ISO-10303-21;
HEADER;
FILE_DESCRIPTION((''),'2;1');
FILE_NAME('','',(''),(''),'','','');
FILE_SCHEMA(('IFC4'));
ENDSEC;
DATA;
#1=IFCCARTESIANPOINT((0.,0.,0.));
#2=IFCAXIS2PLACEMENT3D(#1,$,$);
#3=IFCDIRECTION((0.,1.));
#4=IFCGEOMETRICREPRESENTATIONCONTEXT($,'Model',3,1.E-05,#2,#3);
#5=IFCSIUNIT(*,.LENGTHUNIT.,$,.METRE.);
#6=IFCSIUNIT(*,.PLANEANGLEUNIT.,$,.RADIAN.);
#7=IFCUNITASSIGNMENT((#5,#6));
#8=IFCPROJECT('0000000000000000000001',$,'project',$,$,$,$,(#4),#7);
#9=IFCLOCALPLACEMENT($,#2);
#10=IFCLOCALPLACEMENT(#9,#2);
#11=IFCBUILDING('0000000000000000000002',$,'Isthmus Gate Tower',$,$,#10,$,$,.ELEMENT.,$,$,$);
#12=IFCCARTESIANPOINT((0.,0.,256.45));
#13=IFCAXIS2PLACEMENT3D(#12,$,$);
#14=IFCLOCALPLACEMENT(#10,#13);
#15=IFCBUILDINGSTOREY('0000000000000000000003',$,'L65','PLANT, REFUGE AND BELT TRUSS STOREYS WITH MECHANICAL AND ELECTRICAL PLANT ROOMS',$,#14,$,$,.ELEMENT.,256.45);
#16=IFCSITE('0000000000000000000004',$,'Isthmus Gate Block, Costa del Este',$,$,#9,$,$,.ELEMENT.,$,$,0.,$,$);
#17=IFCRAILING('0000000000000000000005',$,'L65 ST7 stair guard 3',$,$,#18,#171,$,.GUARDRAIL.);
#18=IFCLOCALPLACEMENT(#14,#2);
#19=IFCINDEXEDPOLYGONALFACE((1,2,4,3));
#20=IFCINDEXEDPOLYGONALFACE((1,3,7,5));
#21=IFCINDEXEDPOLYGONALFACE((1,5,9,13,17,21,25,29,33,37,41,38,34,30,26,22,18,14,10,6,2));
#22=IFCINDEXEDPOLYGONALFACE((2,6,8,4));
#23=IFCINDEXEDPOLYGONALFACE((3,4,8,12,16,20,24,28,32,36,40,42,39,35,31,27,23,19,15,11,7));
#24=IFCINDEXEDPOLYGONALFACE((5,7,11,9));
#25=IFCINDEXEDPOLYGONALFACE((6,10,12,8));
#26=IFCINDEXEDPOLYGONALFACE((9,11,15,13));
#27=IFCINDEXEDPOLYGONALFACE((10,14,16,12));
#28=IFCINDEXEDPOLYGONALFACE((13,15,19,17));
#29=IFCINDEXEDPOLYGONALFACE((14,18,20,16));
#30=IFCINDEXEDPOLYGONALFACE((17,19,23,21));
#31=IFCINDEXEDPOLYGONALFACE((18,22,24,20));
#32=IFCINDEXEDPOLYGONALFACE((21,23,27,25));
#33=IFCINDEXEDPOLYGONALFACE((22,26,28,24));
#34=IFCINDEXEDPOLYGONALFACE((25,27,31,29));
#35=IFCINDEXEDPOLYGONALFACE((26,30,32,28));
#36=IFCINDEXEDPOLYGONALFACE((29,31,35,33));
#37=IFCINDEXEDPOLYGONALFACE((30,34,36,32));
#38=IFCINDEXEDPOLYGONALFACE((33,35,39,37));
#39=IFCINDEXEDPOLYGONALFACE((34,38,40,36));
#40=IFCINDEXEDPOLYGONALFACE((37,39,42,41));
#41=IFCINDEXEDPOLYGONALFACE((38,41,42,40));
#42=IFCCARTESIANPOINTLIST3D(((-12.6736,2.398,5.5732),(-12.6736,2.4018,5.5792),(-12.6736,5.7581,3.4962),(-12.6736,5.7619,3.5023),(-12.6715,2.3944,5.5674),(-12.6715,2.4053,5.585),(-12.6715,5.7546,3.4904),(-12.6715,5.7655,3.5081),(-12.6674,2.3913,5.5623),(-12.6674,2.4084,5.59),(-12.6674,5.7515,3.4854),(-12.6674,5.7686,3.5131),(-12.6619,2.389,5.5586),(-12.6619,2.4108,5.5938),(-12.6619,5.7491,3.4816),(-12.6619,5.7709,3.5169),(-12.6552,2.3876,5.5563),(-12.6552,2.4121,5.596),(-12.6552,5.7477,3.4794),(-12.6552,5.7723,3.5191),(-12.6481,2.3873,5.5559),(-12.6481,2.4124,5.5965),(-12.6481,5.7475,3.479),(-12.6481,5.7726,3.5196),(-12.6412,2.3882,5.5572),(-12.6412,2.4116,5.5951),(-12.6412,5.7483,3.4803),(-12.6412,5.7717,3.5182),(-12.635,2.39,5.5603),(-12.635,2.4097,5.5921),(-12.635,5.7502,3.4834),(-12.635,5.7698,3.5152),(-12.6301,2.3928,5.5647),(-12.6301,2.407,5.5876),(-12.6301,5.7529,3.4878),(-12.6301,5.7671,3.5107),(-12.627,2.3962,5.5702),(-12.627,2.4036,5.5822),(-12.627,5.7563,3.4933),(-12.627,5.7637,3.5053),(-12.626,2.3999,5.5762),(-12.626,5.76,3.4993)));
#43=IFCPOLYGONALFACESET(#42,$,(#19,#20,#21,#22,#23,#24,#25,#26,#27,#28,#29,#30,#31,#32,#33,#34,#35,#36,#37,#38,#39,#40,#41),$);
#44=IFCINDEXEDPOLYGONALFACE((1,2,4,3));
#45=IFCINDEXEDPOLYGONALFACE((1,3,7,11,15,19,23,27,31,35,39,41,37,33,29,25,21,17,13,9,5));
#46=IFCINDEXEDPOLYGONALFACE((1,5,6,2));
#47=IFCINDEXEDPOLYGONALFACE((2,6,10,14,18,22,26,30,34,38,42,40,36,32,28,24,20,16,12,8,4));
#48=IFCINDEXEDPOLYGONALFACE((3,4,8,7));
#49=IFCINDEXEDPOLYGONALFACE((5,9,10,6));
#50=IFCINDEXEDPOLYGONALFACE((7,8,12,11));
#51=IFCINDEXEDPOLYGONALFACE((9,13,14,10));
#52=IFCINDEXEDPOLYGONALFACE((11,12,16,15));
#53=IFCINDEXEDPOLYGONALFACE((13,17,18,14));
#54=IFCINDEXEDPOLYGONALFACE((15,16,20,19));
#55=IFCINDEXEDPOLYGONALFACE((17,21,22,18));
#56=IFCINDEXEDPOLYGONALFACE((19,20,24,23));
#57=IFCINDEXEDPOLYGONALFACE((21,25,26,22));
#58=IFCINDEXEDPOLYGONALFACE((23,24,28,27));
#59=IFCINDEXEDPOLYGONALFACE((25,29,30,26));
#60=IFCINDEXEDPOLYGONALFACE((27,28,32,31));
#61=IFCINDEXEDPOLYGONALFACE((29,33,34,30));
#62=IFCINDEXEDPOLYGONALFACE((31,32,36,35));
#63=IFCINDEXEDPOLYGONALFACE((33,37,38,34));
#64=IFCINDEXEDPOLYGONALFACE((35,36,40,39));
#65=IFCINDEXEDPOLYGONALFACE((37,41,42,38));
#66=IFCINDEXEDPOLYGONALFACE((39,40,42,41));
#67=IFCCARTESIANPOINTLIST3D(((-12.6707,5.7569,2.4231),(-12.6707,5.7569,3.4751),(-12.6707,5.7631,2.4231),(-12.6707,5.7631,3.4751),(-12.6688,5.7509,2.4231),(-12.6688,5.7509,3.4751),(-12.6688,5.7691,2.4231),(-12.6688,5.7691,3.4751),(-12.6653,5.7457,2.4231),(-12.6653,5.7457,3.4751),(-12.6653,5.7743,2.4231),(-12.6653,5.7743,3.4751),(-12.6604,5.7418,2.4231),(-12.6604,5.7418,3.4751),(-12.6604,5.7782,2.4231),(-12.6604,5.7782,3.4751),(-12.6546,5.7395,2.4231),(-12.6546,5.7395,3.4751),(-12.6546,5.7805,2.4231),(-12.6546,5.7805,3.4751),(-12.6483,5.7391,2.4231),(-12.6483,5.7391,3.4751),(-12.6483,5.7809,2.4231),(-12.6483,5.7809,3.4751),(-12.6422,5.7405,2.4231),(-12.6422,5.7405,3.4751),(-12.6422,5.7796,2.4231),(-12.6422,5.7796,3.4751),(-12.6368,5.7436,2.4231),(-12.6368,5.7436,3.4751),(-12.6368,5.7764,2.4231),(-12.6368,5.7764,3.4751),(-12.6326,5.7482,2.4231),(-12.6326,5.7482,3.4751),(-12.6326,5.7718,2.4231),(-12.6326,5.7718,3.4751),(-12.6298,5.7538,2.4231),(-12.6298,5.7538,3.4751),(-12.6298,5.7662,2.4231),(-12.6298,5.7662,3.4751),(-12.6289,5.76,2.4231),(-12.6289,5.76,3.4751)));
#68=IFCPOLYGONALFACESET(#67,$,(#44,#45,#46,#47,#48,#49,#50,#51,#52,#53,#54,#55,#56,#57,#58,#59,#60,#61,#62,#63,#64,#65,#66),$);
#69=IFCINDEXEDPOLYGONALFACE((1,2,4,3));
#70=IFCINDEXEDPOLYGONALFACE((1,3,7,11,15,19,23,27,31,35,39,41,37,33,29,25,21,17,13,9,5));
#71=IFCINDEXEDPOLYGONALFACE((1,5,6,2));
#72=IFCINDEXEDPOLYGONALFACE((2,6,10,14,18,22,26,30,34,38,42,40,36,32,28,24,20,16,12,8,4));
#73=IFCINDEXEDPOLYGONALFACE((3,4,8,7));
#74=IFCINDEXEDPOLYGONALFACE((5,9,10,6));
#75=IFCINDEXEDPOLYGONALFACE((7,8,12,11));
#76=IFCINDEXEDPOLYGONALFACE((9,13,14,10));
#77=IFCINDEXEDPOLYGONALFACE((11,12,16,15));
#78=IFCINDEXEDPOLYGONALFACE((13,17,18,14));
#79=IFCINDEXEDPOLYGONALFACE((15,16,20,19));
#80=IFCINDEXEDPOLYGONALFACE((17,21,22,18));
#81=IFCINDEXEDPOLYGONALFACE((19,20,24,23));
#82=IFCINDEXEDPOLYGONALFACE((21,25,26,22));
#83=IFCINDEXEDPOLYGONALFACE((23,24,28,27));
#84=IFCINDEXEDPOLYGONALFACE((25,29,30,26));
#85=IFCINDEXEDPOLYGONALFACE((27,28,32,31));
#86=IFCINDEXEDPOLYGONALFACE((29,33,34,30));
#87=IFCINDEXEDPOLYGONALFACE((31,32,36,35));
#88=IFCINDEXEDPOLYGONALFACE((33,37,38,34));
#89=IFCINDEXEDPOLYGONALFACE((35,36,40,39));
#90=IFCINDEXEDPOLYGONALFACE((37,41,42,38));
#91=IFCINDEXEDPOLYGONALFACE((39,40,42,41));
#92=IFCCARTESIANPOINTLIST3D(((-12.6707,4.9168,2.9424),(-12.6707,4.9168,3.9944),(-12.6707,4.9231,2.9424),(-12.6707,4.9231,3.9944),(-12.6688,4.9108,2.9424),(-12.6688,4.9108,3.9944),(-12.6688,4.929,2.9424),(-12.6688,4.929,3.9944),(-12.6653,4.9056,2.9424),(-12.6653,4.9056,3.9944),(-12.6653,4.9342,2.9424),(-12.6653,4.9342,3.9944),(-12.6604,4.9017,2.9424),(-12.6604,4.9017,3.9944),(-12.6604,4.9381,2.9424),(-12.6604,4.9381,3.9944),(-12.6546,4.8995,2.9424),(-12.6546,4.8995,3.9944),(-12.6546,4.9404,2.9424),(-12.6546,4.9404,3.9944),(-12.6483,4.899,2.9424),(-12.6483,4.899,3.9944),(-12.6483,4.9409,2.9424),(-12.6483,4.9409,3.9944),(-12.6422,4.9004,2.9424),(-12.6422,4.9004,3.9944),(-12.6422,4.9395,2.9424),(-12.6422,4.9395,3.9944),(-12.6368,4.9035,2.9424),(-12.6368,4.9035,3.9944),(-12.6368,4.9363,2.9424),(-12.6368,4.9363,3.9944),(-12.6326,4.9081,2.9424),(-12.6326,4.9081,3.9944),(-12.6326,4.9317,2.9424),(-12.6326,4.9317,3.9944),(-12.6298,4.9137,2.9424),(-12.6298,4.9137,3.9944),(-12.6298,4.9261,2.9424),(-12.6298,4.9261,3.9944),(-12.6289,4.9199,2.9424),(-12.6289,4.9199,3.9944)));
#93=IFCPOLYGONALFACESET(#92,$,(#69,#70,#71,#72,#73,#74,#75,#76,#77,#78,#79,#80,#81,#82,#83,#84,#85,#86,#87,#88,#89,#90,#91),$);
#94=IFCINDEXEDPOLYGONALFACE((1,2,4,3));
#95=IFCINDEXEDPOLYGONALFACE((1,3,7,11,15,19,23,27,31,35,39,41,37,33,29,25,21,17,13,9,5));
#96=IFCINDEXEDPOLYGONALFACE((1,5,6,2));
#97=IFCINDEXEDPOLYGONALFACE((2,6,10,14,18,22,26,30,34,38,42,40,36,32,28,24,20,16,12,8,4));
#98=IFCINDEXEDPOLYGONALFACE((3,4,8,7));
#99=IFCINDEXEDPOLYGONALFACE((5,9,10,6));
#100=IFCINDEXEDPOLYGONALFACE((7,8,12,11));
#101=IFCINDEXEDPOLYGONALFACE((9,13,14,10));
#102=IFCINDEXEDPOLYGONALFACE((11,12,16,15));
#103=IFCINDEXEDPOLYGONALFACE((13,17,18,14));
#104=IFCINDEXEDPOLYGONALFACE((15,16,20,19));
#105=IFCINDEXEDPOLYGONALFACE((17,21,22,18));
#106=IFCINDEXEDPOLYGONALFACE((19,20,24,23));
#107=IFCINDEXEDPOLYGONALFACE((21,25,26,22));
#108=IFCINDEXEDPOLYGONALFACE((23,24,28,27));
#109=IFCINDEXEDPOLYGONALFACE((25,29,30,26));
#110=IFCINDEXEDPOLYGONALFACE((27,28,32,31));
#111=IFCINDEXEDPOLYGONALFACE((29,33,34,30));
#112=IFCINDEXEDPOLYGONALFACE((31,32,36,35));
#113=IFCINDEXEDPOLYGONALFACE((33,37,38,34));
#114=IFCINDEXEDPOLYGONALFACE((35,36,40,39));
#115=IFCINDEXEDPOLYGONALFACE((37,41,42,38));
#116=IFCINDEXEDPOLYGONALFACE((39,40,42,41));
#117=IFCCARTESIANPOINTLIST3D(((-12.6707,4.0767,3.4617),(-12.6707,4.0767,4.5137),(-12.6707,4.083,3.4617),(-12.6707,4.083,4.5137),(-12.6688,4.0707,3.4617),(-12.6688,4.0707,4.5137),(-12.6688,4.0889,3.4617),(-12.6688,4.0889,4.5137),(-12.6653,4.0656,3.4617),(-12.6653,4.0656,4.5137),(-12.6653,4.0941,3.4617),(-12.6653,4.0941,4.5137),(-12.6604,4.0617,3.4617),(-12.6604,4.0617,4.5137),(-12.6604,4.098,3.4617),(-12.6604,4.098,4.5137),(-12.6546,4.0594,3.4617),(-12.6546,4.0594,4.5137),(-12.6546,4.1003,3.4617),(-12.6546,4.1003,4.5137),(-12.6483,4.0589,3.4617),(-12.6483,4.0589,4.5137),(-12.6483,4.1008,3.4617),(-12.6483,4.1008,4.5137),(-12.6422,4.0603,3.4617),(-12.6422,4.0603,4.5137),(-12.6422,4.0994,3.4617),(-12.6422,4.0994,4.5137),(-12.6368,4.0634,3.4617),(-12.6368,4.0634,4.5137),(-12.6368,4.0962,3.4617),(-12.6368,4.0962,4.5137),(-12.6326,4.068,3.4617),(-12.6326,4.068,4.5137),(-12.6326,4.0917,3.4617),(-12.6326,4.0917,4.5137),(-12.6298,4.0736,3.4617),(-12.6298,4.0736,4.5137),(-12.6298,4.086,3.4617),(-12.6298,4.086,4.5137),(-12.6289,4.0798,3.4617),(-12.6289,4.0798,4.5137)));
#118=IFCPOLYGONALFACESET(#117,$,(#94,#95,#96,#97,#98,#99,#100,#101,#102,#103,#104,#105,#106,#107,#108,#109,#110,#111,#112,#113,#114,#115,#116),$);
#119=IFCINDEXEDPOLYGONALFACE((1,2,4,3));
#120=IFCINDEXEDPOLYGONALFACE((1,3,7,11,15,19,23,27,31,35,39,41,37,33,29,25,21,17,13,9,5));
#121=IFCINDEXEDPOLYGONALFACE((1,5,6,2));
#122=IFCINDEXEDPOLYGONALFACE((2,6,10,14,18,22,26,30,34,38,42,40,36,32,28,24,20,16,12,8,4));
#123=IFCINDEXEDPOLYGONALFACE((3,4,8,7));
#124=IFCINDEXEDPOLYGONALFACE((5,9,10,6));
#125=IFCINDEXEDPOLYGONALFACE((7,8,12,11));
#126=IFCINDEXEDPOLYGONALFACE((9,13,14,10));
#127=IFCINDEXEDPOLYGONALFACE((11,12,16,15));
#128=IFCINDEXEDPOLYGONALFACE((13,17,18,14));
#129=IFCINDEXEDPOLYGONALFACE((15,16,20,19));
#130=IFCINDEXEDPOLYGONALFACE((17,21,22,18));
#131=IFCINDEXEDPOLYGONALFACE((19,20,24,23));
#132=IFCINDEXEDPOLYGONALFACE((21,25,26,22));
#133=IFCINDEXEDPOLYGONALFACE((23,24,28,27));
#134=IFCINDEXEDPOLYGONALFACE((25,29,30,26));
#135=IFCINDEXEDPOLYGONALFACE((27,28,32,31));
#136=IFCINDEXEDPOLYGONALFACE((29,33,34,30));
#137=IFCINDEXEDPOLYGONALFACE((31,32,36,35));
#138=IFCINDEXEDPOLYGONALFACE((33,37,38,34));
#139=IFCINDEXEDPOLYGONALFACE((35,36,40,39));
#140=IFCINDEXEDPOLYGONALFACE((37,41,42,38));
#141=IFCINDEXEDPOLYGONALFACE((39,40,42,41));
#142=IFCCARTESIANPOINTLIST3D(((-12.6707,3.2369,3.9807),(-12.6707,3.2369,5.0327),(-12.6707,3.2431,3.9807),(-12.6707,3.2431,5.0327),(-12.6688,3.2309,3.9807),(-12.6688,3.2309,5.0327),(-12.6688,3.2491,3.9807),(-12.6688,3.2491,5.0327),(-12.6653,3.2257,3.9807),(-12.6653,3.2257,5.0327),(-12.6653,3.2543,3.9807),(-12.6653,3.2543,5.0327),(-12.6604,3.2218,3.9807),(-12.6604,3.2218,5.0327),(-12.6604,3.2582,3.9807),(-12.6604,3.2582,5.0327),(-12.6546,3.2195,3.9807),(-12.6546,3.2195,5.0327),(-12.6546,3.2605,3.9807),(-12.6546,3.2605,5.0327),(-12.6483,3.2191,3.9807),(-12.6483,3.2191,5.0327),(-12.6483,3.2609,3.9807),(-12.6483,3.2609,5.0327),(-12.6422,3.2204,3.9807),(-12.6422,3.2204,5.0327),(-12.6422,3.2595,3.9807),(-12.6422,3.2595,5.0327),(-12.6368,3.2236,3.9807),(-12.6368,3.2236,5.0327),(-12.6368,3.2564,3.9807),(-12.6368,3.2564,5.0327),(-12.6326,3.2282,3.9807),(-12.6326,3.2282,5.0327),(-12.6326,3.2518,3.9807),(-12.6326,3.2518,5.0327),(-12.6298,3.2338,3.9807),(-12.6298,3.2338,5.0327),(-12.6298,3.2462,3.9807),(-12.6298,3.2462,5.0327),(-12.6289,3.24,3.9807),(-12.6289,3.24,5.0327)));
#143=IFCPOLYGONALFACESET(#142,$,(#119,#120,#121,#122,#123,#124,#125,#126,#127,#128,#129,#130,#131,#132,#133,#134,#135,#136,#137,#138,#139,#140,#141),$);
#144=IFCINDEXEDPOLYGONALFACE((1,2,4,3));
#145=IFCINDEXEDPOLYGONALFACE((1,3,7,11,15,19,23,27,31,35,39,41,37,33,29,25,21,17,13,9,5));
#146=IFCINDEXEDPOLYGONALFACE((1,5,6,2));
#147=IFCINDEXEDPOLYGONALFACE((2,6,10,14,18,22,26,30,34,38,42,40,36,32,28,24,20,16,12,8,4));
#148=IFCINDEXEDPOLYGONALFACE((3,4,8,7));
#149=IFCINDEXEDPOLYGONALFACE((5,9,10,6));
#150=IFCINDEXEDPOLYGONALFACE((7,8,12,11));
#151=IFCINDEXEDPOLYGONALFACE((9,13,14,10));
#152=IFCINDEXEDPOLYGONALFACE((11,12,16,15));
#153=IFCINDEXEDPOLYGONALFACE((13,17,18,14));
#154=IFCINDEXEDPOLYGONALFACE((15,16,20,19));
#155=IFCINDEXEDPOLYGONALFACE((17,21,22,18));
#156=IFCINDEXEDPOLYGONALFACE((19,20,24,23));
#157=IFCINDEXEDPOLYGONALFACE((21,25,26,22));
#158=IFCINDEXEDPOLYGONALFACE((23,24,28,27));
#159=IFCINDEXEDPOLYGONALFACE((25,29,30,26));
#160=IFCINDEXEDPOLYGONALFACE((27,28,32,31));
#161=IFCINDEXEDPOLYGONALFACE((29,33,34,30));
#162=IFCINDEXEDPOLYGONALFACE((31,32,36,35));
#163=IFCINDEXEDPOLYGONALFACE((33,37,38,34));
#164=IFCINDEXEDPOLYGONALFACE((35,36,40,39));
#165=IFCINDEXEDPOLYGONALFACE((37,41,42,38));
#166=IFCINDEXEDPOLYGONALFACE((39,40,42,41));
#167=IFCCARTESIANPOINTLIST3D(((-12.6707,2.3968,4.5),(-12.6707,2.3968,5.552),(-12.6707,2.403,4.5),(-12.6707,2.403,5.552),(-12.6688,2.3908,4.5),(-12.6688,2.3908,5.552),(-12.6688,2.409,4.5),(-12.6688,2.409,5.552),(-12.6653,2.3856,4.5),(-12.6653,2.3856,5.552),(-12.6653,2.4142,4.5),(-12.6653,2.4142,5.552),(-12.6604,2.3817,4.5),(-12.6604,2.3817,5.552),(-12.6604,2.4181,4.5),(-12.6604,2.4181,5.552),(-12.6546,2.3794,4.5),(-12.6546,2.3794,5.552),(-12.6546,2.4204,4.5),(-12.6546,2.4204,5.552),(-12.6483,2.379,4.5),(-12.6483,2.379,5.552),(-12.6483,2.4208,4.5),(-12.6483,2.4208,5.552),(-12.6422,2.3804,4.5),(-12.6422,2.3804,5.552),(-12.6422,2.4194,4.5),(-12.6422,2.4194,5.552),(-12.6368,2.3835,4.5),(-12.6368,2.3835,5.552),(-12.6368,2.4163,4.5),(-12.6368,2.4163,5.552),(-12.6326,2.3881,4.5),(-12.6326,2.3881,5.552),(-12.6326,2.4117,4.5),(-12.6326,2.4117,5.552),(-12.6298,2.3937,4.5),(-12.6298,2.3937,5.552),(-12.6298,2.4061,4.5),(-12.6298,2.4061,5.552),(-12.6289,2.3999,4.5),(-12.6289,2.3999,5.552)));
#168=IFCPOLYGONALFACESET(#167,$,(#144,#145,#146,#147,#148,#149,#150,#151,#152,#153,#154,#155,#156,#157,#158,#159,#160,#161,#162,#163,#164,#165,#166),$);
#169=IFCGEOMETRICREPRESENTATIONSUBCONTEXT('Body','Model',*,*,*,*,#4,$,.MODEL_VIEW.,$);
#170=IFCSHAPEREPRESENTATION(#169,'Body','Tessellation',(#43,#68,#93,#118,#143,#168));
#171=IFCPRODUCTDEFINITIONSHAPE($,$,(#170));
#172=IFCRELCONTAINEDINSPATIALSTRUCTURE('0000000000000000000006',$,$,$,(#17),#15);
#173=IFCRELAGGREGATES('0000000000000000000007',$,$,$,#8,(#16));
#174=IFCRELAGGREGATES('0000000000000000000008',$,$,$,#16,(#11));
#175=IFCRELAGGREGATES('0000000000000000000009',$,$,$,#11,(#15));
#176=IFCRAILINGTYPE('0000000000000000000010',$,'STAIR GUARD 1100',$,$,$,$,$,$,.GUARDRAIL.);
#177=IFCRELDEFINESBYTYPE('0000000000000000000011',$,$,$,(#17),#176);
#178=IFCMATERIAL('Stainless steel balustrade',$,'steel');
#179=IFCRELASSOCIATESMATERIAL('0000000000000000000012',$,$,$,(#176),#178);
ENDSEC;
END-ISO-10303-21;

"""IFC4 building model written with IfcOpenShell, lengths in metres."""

from ifc_helpers import new_model, si_unit, direction, frame, origin, origin_2d, place, context, subcontext, project, spatial, circle, extrude, material, type_object, element, save


model = new_model("IFC4")

# Units and contexts
model_context = context("Model", 3, precision=1e-05, world=origin(), true_north=direction((0.0, 1.0)))
body_context = subcontext(model_context, "Body", "Model", "MODEL_VIEW")
ifc_project = project(units=[si_unit("LENGTHUNIT", "METRE"), si_unit("PLANEANGLEUNIT", "RADIAN")], contexts=[model_context])

# Site, building, storey
site_placement = place(None, origin())
site = spatial("IfcSite", under=ifc_project, at=site_placement, Name="Isthmus Gate Block, Costa del Este", CompositionType="ELEMENT", RefElevation=0.0)
building_placement = place(site_placement, origin())
building = spatial("IfcBuilding", under=site, at=building_placement, Name="Isthmus Gate Tower", CompositionType="ELEMENT")
storey_placement = place(building_placement, frame((0.0, 0.0, 256.45)))
storey = spatial("IfcBuildingStorey", under=building, at=storey_placement, Name="L65", Description="PLANT, REFUGE AND BELT TRUSS STOREYS WITH MECHANICAL AND ELECTRICAL PLANT ROOMS", CompositionType="ELEMENT", Elevation=256.45)

# Railing
ifc_material_1 = material(Name="Stainless steel balustrade", Category="steel")
railing_type_1 = type_object("IfcRailingType", Name="STAIR GUARD 1100", PredefinedType="GUARDRAIL", material=ifc_material_1)
railing_1_placement = place(storey_placement, frame((-12.6499, 5.76, 2.4231)))
element("IfcRailing", 1, at=railing_1_placement, inside=storey, type_object=railing_type_1, Name="L65 ST7 stair guard 3", PredefinedType="GUARDRAIL", context=body_context, shape_type="SweptSolid", body=[
    extrude(circle(Radius=0.0239, at=origin_2d()), frame((0.0, 0.0, 1.0762), z_axis=(0.0, -0.850623, 0.525776), x_axis=(1.0, 0.0, 0.0)), (0.0, 0.0, 1.0), 3.9502),
    extrude(circle(Radius=0.021, at=origin_2d()), origin(), (0.0, 0.0, 1.0), 1.052),
    extrude(circle(Radius=0.021, at=origin_2d()), frame((0.0, -0.8401, 0.5193)), (0.0, 0.0, 1.0), 1.052),
    extrude(circle(Radius=0.021, at=origin_2d()), frame((0.0, -1.6802, 1.0386)), (0.0, 0.0, 1.0), 1.052),
    extrude(circle(Radius=0.021, at=origin_2d()), frame((0.0, -2.52, 1.5576)), (0.0, 0.0, 1.0), 1.052),
    extrude(circle(Radius=0.021, at=origin_2d()), frame((0.0, -3.3601, 2.0769)), (0.0, 0.0, 1.0), 1.052),
])

save(model, "model.ifc")
